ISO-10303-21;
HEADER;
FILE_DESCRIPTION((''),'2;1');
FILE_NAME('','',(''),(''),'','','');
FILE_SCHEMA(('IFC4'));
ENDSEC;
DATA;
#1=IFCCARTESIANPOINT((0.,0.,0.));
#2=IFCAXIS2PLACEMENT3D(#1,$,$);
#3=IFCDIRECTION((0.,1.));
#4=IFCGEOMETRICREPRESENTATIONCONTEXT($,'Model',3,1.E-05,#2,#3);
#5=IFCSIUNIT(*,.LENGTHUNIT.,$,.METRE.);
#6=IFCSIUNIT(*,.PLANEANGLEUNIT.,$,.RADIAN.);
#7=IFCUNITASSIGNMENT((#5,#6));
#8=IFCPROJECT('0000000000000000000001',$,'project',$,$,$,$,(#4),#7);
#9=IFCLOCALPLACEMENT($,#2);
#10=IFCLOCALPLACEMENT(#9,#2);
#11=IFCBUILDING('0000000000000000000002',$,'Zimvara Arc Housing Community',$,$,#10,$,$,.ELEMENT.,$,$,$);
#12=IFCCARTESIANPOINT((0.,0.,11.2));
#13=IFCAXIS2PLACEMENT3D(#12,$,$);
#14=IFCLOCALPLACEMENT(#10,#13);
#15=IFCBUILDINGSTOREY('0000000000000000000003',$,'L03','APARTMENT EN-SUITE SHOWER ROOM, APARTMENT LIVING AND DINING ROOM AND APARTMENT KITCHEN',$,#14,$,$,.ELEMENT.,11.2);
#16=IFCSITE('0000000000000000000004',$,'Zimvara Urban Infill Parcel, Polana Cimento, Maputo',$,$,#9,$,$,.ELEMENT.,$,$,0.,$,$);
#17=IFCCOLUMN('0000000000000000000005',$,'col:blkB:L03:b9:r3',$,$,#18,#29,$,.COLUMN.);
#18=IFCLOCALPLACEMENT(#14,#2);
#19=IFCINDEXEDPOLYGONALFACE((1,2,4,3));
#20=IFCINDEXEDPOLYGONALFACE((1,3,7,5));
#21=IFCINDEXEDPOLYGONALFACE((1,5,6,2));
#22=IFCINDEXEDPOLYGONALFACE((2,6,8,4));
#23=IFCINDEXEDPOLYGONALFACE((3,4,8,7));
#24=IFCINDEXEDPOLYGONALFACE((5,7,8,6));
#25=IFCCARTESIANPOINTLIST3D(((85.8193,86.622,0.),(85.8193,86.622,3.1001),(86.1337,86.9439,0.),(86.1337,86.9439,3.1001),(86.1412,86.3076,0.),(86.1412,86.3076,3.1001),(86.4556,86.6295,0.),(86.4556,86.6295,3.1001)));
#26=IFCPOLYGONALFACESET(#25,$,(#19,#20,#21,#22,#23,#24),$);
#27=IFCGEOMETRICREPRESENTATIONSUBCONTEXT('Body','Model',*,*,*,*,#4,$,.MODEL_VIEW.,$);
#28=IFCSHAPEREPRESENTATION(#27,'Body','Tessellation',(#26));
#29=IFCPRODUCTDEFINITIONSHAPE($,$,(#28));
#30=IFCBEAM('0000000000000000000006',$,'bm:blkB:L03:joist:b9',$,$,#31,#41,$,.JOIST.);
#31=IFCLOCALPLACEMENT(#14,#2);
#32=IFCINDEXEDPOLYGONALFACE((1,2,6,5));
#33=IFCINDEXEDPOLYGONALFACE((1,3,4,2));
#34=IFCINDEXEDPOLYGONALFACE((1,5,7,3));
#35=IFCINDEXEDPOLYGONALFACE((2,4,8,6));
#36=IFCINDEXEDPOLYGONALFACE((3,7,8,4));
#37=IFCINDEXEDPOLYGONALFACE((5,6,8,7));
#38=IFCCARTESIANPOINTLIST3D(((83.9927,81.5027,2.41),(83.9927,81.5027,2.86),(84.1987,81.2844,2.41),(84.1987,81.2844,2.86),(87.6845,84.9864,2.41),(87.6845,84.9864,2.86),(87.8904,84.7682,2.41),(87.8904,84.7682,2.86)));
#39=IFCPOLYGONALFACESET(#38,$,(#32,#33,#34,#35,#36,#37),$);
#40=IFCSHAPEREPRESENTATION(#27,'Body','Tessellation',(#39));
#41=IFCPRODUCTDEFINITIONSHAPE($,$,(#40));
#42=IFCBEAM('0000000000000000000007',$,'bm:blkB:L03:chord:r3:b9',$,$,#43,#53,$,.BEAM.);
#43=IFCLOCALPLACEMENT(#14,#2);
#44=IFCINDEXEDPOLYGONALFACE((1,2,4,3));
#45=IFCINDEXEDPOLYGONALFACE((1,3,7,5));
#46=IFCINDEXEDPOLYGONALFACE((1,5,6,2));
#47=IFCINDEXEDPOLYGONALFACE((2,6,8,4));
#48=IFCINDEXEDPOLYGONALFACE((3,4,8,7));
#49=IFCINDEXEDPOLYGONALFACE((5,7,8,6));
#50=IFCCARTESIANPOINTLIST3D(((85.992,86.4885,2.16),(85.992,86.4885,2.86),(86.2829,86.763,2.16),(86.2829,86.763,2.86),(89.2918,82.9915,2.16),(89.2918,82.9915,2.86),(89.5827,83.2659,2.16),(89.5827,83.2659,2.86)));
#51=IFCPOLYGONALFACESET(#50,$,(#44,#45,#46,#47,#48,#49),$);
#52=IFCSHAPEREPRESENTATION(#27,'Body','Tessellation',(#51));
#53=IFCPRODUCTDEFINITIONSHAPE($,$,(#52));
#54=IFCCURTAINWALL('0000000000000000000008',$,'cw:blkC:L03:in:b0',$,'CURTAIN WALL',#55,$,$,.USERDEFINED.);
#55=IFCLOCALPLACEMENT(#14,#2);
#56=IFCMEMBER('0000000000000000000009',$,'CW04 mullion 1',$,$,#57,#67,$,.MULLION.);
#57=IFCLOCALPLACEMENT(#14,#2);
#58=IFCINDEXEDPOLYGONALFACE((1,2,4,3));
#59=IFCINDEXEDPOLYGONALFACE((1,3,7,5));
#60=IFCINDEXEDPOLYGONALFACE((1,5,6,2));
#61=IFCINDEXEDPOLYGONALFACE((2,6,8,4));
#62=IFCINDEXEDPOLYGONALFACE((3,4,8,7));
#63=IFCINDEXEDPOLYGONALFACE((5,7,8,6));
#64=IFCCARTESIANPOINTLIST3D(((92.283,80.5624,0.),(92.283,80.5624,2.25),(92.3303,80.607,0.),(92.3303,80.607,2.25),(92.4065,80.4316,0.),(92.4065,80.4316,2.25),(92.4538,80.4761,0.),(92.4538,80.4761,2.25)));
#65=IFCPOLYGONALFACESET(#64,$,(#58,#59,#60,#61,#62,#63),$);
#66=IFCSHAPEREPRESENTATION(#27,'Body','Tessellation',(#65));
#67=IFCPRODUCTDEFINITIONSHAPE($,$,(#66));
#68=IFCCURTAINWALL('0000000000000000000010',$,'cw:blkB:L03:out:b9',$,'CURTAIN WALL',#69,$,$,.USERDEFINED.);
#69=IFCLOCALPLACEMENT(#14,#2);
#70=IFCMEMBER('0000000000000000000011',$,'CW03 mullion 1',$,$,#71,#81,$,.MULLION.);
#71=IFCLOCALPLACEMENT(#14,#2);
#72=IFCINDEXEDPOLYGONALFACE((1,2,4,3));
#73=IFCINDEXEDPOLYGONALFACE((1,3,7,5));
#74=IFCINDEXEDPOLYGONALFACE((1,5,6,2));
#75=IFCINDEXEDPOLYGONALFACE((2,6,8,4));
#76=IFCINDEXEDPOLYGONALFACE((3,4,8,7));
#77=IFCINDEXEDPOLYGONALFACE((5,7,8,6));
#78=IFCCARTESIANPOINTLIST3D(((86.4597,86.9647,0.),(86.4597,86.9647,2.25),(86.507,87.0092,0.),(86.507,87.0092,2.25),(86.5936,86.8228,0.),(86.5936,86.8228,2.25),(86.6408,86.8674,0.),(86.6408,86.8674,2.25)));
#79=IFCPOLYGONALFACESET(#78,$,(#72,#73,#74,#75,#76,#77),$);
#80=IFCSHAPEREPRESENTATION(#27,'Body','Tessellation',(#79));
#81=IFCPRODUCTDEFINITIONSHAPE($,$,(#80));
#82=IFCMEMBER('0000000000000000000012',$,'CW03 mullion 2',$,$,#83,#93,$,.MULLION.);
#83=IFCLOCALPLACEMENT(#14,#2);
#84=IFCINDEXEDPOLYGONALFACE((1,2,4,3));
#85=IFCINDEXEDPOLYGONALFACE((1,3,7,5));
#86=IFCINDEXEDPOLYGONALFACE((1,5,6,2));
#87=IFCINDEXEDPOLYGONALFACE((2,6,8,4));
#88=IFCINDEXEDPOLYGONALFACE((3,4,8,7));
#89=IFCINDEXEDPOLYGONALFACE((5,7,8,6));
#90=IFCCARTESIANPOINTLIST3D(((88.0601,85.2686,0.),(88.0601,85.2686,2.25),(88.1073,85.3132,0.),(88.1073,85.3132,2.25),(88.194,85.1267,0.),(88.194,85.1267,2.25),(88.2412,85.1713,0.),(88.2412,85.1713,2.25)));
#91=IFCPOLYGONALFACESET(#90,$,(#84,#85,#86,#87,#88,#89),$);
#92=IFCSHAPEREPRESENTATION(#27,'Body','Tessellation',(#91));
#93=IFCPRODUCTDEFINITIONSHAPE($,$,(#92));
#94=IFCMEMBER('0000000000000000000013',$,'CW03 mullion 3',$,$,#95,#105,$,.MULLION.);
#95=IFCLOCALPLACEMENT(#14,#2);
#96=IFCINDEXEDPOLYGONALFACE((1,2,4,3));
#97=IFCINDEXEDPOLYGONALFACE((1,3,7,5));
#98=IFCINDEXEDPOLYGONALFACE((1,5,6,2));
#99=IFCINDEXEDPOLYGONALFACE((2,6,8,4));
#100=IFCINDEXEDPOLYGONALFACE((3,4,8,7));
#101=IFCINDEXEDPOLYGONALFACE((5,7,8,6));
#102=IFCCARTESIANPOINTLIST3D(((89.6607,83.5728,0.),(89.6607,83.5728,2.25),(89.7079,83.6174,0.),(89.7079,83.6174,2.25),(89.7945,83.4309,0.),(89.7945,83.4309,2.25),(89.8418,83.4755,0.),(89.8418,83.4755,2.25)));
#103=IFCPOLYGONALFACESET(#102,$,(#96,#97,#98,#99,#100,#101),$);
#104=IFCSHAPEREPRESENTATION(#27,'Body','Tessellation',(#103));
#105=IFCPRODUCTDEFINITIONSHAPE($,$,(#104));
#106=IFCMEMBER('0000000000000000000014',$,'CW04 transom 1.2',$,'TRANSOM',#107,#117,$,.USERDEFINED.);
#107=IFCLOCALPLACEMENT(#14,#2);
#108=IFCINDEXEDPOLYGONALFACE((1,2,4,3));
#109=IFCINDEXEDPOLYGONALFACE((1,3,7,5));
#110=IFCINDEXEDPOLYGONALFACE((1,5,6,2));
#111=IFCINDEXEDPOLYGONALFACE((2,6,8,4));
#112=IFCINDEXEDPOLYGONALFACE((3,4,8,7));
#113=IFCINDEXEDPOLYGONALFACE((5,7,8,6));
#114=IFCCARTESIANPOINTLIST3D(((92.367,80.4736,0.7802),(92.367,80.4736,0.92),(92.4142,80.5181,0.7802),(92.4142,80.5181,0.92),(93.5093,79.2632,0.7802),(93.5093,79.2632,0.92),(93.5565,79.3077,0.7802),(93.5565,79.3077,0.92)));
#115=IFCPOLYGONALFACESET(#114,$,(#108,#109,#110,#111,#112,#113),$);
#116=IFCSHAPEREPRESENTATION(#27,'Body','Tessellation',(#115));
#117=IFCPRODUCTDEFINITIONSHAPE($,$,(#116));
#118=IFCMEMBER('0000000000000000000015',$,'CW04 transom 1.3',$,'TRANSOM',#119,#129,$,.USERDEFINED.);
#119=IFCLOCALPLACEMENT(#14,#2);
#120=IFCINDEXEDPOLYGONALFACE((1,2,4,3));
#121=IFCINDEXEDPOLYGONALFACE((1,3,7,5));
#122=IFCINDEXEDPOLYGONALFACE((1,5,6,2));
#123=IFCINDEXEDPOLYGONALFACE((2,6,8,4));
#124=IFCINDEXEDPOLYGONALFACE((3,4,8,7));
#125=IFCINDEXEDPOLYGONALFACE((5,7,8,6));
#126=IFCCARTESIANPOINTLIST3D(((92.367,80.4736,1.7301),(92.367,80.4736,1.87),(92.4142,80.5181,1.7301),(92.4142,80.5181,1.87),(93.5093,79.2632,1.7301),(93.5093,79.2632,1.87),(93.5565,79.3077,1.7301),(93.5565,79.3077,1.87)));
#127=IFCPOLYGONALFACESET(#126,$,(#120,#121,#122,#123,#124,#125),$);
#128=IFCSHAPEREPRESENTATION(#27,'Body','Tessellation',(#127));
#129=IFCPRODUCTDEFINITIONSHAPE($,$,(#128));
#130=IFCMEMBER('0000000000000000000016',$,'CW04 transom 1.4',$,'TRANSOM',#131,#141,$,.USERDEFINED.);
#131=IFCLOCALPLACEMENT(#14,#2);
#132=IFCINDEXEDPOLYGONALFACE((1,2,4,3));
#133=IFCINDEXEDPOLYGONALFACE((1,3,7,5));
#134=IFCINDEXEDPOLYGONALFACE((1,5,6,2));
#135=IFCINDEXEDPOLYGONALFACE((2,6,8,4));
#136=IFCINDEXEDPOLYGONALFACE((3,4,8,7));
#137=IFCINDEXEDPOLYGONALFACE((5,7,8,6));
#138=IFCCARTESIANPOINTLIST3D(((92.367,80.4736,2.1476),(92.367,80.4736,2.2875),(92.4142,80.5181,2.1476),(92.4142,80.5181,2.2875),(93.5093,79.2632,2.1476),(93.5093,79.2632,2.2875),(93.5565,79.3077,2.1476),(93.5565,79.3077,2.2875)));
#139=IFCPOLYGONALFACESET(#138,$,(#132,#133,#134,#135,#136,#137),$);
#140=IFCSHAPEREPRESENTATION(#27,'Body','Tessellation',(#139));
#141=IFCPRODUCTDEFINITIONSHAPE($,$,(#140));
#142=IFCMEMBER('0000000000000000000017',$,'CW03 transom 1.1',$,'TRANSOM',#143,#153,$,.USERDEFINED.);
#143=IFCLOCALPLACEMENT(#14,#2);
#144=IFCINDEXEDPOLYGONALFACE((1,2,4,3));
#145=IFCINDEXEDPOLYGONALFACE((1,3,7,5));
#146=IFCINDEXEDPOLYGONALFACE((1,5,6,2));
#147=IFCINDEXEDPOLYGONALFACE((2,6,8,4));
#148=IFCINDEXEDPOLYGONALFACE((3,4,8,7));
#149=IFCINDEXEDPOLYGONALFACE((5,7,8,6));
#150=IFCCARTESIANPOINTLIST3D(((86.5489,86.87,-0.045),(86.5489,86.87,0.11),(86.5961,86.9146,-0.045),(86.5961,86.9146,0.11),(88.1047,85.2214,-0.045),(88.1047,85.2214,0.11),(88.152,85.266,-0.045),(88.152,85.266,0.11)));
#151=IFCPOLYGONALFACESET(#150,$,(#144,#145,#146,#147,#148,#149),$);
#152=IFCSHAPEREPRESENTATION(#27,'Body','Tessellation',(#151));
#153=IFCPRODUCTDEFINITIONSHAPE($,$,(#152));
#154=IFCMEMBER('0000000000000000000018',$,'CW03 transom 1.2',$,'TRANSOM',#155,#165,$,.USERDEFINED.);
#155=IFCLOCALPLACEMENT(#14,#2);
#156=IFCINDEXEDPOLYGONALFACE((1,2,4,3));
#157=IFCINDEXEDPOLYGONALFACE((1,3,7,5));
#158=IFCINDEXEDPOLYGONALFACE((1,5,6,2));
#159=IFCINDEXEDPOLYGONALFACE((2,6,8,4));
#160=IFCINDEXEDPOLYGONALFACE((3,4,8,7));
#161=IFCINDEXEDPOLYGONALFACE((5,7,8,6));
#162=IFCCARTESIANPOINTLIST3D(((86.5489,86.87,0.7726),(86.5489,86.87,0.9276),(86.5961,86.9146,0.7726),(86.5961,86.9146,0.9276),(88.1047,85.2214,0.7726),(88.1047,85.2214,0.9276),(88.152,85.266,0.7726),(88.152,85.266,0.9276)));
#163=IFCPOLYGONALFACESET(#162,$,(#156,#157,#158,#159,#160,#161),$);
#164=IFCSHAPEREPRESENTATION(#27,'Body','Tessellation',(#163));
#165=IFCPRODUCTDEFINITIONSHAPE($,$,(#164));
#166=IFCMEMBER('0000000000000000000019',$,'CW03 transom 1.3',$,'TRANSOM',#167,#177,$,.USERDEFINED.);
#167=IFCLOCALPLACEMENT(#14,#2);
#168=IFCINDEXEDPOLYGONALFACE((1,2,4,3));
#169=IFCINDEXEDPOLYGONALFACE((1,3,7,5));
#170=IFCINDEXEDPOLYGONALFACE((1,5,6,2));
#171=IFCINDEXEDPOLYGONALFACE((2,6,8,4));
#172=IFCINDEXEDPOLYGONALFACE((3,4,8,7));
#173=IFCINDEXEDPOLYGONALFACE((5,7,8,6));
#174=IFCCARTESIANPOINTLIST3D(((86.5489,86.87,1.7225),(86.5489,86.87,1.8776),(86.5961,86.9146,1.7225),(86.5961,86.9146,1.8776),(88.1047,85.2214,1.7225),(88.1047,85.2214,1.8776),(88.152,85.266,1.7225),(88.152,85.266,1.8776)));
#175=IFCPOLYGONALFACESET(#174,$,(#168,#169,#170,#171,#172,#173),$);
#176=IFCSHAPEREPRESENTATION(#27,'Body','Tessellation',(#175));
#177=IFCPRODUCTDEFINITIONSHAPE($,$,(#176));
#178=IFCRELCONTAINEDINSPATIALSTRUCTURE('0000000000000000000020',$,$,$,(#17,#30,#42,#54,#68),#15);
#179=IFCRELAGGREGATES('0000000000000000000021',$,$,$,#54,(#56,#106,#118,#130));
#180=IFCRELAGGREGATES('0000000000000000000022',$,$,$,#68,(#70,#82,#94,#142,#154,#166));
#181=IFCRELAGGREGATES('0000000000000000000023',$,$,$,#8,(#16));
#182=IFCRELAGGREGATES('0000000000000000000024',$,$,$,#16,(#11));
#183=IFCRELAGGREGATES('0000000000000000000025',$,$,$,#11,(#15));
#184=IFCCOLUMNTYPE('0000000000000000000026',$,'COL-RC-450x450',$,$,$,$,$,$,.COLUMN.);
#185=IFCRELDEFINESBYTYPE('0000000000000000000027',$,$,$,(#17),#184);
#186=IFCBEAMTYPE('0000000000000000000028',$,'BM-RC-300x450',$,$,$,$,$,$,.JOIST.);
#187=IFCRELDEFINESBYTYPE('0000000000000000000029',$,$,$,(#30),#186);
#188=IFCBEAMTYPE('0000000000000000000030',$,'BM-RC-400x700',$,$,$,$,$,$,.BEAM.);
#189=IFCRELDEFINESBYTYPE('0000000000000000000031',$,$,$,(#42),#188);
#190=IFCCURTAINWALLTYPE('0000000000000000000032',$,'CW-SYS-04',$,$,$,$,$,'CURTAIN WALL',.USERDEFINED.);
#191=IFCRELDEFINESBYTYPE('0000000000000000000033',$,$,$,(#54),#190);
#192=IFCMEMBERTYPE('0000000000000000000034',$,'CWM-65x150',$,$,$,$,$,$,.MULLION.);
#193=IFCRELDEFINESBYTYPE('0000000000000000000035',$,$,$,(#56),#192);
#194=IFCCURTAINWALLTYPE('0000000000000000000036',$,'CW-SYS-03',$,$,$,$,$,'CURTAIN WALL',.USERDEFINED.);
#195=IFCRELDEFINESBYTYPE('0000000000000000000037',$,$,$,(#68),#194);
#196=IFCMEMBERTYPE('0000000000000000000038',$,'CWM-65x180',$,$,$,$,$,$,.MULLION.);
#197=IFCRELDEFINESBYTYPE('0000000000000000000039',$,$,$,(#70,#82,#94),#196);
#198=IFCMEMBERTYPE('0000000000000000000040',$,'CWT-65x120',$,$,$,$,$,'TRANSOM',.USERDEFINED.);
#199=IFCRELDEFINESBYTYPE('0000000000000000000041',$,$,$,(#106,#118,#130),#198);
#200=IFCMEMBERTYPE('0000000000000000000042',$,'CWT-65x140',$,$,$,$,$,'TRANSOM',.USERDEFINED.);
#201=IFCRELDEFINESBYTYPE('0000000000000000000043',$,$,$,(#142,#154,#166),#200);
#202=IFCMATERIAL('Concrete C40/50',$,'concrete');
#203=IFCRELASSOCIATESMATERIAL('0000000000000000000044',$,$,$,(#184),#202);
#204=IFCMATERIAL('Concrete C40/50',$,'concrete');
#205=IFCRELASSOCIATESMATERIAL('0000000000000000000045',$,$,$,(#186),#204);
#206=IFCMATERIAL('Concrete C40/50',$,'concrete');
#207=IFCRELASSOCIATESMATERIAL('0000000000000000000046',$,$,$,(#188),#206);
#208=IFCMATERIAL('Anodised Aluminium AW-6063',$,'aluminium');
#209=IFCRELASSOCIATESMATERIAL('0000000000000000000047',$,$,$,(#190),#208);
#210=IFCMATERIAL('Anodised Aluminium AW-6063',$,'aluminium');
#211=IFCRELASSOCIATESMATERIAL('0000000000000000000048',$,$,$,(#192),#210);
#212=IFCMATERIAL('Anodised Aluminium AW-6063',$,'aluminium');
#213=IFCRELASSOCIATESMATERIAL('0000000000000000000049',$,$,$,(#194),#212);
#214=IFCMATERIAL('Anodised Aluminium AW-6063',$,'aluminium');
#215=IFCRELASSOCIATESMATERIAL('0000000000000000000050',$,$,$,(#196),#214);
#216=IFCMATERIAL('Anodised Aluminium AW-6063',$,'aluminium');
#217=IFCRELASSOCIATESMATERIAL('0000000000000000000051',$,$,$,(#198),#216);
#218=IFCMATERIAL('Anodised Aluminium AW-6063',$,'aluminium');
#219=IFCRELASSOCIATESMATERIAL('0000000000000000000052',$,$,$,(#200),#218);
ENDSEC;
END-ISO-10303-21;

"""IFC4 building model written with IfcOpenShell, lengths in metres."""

from ifc_helpers import new_model, si_unit, direction, frame, origin, origin_2d, place, context, subcontext, project, spatial, rectangle, extrude, material, material_profile, profile_set, type_object, element, aggregate, save


model = new_model("IFC4")

# Units and contexts
model_context = context("Model", 3, precision=1e-05, world=origin(), true_north=direction((0.0, 1.0)))
body_context = subcontext(model_context, "Body", "Model", "MODEL_VIEW")
ifc_project = project(units=[si_unit("LENGTHUNIT", "METRE"), si_unit("PLANEANGLEUNIT", "RADIAN")], contexts=[model_context])

# Site, building, storey
site_placement = place(None, origin())
site = spatial("IfcSite", under=ifc_project, at=site_placement, Name="Zimvara Urban Infill Parcel, Polana Cimento, Maputo", CompositionType="ELEMENT", RefElevation=0.0)
building_placement = place(site_placement, origin())
building = spatial("IfcBuilding", under=site, at=building_placement, Name="Zimvara Arc Housing Community", CompositionType="ELEMENT")
storey_placement = place(building_placement, frame((0.0, 0.0, 11.2)))
storey = spatial("IfcBuildingStorey", under=building, at=storey_placement, Name="L03", Description="APARTMENT EN-SUITE SHOWER ROOM, APARTMENT LIVING AND DINING ROOM AND APARTMENT KITCHEN", CompositionType="ELEMENT", Elevation=11.2)

# Column
ifc_material_1 = material(Name="Concrete C40/50", Category="concrete")
ifc_material_profile_1 = material_profile(ifc_material_1, rectangle(XDim=0.45, YDim=0.45, at=origin_2d()), Name="RC 450x450")
ifc_profile_set_1 = profile_set([ifc_material_profile_1], Name="Concrete C40/50")
column_type_1 = type_object("IfcColumnType", Name="COL-RC-450x450", PredefinedType="COLUMN", material=ifc_profile_set_1)
column_1_placement = place(storey_placement, frame((86.1375, 86.6257, 0.0), z_axis=(0.0, 0.0, 1.0), x_axis=(0.698665, 0.715449, 0.0)))
element("IfcColumn", 1, at=column_1_placement, inside=storey, type_object=column_type_1, Name="col:blkB:L03:b9:r3", PredefinedType="COLUMN", context=body_context, shape_type="SweptSolid", body=[
    extrude(rectangle(XDim=0.45, YDim=0.45, at=origin_2d()), origin(), (0.0, 0.0, 1.0), 3.1001),
])

# Beams
ifc_material_2 = material(Name="Concrete C40/50", Category="concrete")
ifc_material_profile_2 = material_profile(ifc_material_2, rectangle(XDim=0.3, YDim=0.45, at=origin_2d()), Name="RC 300x450")
ifc_profile_set_2 = profile_set([ifc_material_profile_2], Name="Concrete C40/50")
beam_type_1 = type_object("IfcBeamType", Name="BM-RC-300x450", PredefinedType="JOIST", material=ifc_profile_set_2)
beam_1_placement = place(storey_placement, frame((84.0957, 81.3936, 2.635), z_axis=(0.7273, 0.68632, 0.0), x_axis=(-0.68632, 0.7273, 0.0)))
element("IfcBeam", 2, at=beam_1_placement, inside=storey, type_object=beam_type_1, Name="bm:blkB:L03:joist:b9", PredefinedType="JOIST", context=body_context, shape_type="SweptSolid", body=[
    extrude(rectangle(XDim=0.3, YDim=0.45, at=origin_2d()), origin(), (0.0, 0.0, 1.0), 5.0759),
])
ifc_material_3 = material(Name="Concrete C40/50", Category="concrete")
ifc_material_profile_3 = material_profile(ifc_material_3, rectangle(XDim=0.3999, YDim=0.7, at=origin_2d()), Name="RC 400x700")
ifc_profile_set_3 = profile_set([ifc_material_profile_3], Name="Concrete C40/50")
beam_type_2 = type_object("IfcBeamType", Name="BM-RC-400x700", PredefinedType="BEAM", material=ifc_profile_set_3)
beam_2_placement = place(storey_placement, frame((86.1375, 86.6257, 2.51), z_axis=(0.686295, -0.727323, 0.0), x_axis=(0.727323, 0.686295, 0.0)))
element("IfcBeam", 3, at=beam_2_placement, inside=storey, type_object=beam_type_2, Name="bm:blkB:L03:chord:r3:b9", PredefinedType="BEAM", context=body_context, shape_type="SweptSolid", body=[
    extrude(rectangle(XDim=0.3999, YDim=0.7, at=origin_2d()), origin(), (0.0, 0.0, 1.0), 4.8081),
])

# Curtain wall, member
ifc_material_4 = material(Name="Anodised Aluminium AW-6063", Category="aluminium")
curtain_wall_type_1 = type_object("IfcCurtainWallType", Name="CW-SYS-04", ElementType="CURTAIN WALL", PredefinedType="USERDEFINED", material=ifc_material_4)
curtain_wall_1_placement = place(storey_placement, origin())
curtain_wall_1 = element("IfcCurtainWall", 4, at=curtain_wall_1_placement, inside=storey, type_object=curtain_wall_type_1, Name="cw:blkC:L03:in:b0", ObjectType="CURTAIN WALL", PredefinedType="USERDEFINED")
ifc_material_5 = material(Name="Anodised Aluminium AW-6063", Category="aluminium")
ifc_material_profile_4 = material_profile(ifc_material_5, rectangle(XDim=0.0649, YDim=0.1799, at=origin_2d()), Name="ALU 65x180")
ifc_profile_set_4 = profile_set([ifc_material_profile_4], Name="Anodised Aluminium AW-6063")
member_type_1 = type_object("IfcMemberType", Name="CWM-65x150", PredefinedType="MULLION", material=ifc_profile_set_4)
member_1_placement = place(storey_placement, frame((92.3684, 80.5193, 0.0), z_axis=(0.0, 0.0, 1.0), x_axis=(0.727293, 0.686327, 0.0)))
member_1 = element("IfcMember", 5, at=member_1_placement, type_object=member_type_1, Name="CW04 mullion 1", PredefinedType="MULLION", context=body_context, shape_type="SweptSolid", body=[
    extrude(rectangle(XDim=0.0649, YDim=0.1799, at=origin_2d()), origin(), (0.0, 0.0, 1.0), 2.25),
])

# Curtain wall, members
ifc_material_6 = material(Name="Anodised Aluminium AW-6063", Category="aluminium")
curtain_wall_type_2 = type_object("IfcCurtainWallType", Name="CW-SYS-03", ElementType="CURTAIN WALL", PredefinedType="USERDEFINED", material=ifc_material_6)
curtain_wall_2_placement = place(storey_placement, origin())
curtain_wall_2 = element("IfcCurtainWall", 6, at=curtain_wall_2_placement, inside=storey, type_object=curtain_wall_type_2, Name="cw:blkB:L03:out:b9", ObjectType="CURTAIN WALL", PredefinedType="USERDEFINED")
ifc_material_7 = material(Name="Anodised Aluminium AW-6063", Category="aluminium")
ifc_material_profile_5 = material_profile(ifc_material_7, rectangle(XDim=0.0649, YDim=0.1951, at=origin_2d()), Name="ALU 65x195")
ifc_profile_set_5 = profile_set([ifc_material_profile_5], Name="Anodised Aluminium AW-6063")
member_type_2 = type_object("IfcMemberType", Name="CWM-65x180", PredefinedType="MULLION", material=ifc_profile_set_5)
member_2_placement = place(storey_placement, frame((86.5503, 86.916, 0.0), z_axis=(0.0, 0.0, 1.0), x_axis=(0.727294, 0.686326, 0.0)))
member_2 = element("IfcMember", 7, at=member_2_placement, type_object=member_type_2, Name="CW03 mullion 1", PredefinedType="MULLION", context=body_context, shape_type="SweptSolid", body=[
    extrude(rectangle(XDim=0.0649, YDim=0.1951, at=origin_2d()), origin(), (0.0, 0.0, 1.0), 2.25),
])
member_3_placement = place(storey_placement, frame((88.1506, 85.22, 0.0), z_axis=(0.0, 0.0, 1.0), x_axis=(0.727294, 0.686326, 0.0)))
member_3 = element("IfcMember", 8, at=member_3_placement, type_object=member_type_2, Name="CW03 mullion 2", PredefinedType="MULLION", context=body_context, shape_type="SweptSolid", body=[
    extrude(rectangle(XDim=0.0649, YDim=0.1951, at=origin_2d()), origin(), (0.0, 0.0, 1.0), 2.25),
])
member_4_placement = place(storey_placement, frame((89.7512, 83.5242, 0.0), z_axis=(0.0, 0.0, 1.0), x_axis=(0.727294, 0.686326, 0.0)))
member_4 = element("IfcMember", 9, at=member_4_placement, type_object=member_type_2, Name="CW03 mullion 3", PredefinedType="MULLION", context=body_context, shape_type="SweptSolid", body=[
    extrude(rectangle(XDim=0.0649, YDim=0.1951, at=origin_2d()), origin(), (0.0, 0.0, 1.0), 2.25),
])

# Members
ifc_material_8 = material(Name="Anodised Aluminium AW-6063", Category="aluminium")
ifc_material_profile_6 = material_profile(ifc_material_8, rectangle(XDim=0.0649, YDim=0.1399, at=origin_2d()), Name="ALU 65x140")
ifc_profile_set_6 = profile_set([ifc_material_profile_6], Name="Anodised Aluminium AW-6063")
member_type_3 = type_object("IfcMemberType", Name="CWT-65x120", ElementType="TRANSOM", PredefinedType="USERDEFINED", material=ifc_profile_set_6)
member_5_placement = place(storey_placement, frame((92.3906, 80.4958, 0.8501), z_axis=(0.686348, -0.727273, 0.0), x_axis=(0.727273, 0.686348, 0.0)))
member_5 = element("IfcMember", 10, at=member_5_placement, type_object=member_type_3, Name="CW04 transom 1.2", ObjectType="TRANSOM", PredefinedType="USERDEFINED", context=body_context, shape_type="SweptSolid", body=[
    extrude(rectangle(XDim=0.0649, YDim=0.1399, at=origin_2d()), origin(), (0.0, 0.0, 1.0), 1.6643),
])
member_6_placement = place(storey_placement, frame((92.3906, 80.4958, 1.8), z_axis=(0.686348, -0.727273, 0.0), x_axis=(0.727273, 0.686348, 0.0)))
member_6 = element("IfcMember", 11, at=member_6_placement, type_object=member_type_3, Name="CW04 transom 1.3", ObjectType="TRANSOM", PredefinedType="USERDEFINED", context=body_context, shape_type="SweptSolid", body=[
    extrude(rectangle(XDim=0.0649, YDim=0.1399, at=origin_2d()), origin(), (0.0, 0.0, 1.0), 1.6643),
])
member_7_placement = place(storey_placement, frame((92.3906, 80.4958, 2.2175), z_axis=(0.686348, -0.727273, 0.0), x_axis=(0.727273, 0.686348, 0.0)))
member_7 = element("IfcMember", 12, at=member_7_placement, type_object=member_type_3, Name="CW04 transom 1.4", ObjectType="TRANSOM", PredefinedType="USERDEFINED", context=body_context, shape_type="SweptSolid", body=[
    extrude(rectangle(XDim=0.0649, YDim=0.1399, at=origin_2d()), origin(), (0.0, 0.0, 1.0), 1.6643),
])
aggregate(curtain_wall_1, [member_1, member_5, member_6, member_7])
ifc_material_9 = material(Name="Anodised Aluminium AW-6063", Category="aluminium")
ifc_material_profile_7 = material_profile(ifc_material_9, rectangle(XDim=0.0649, YDim=0.155, at=origin_2d()), Name="ALU 65x155")
ifc_profile_set_7 = profile_set([ifc_material_profile_7], Name="Anodised Aluminium AW-6063")
member_type_4 = type_object("IfcMemberType", Name="CWT-65x140", ElementType="TRANSOM", PredefinedType="USERDEFINED", material=ifc_profile_set_7)
member_8_placement = place(storey_placement, frame((86.5725, 86.8923, 0.0325), z_axis=(0.686348, -0.727273, 0.0), x_axis=(0.727273, 0.686348, 0.0)))
member_8 = element("IfcMember", 13, at=member_8_placement, type_object=member_type_4, Name="CW03 transom 1.1", ObjectType="TRANSOM", PredefinedType="USERDEFINED", context=body_context, shape_type="SweptSolid", body=[
    extrude(rectangle(XDim=0.0649, YDim=0.155, at=origin_2d()), origin(), (0.0, 0.0, 1.0), 2.2668),
])
member_9_placement = place(storey_placement, frame((86.5725, 86.8923, 0.8501), z_axis=(0.686348, -0.727273, 0.0), x_axis=(0.727273, 0.686348, 0.0)))
member_9 = element("IfcMember", 14, at=member_9_placement, type_object=member_type_4, Name="CW03 transom 1.2", ObjectType="TRANSOM", PredefinedType="USERDEFINED", context=body_context, shape_type="SweptSolid", body=[
    extrude(rectangle(XDim=0.0649, YDim=0.155, at=origin_2d()), origin(), (0.0, 0.0, 1.0), 2.2668),
])
member_10_placement = place(storey_placement, frame((86.5725, 86.8923, 1.8), z_axis=(0.686348, -0.727273, 0.0), x_axis=(0.727273, 0.686348, 0.0)))
member_10 = element("IfcMember", 15, at=member_10_placement, type_object=member_type_4, Name="CW03 transom 1.3", ObjectType="TRANSOM", PredefinedType="USERDEFINED", context=body_context, shape_type="SweptSolid", body=[
    extrude(rectangle(XDim=0.0649, YDim=0.155, at=origin_2d()), origin(), (0.0, 0.0, 1.0), 2.2668),
])

aggregate(curtain_wall_2, [member_2, member_3, member_4, member_8, member_9, member_10])

save(model, "model.ifc")
